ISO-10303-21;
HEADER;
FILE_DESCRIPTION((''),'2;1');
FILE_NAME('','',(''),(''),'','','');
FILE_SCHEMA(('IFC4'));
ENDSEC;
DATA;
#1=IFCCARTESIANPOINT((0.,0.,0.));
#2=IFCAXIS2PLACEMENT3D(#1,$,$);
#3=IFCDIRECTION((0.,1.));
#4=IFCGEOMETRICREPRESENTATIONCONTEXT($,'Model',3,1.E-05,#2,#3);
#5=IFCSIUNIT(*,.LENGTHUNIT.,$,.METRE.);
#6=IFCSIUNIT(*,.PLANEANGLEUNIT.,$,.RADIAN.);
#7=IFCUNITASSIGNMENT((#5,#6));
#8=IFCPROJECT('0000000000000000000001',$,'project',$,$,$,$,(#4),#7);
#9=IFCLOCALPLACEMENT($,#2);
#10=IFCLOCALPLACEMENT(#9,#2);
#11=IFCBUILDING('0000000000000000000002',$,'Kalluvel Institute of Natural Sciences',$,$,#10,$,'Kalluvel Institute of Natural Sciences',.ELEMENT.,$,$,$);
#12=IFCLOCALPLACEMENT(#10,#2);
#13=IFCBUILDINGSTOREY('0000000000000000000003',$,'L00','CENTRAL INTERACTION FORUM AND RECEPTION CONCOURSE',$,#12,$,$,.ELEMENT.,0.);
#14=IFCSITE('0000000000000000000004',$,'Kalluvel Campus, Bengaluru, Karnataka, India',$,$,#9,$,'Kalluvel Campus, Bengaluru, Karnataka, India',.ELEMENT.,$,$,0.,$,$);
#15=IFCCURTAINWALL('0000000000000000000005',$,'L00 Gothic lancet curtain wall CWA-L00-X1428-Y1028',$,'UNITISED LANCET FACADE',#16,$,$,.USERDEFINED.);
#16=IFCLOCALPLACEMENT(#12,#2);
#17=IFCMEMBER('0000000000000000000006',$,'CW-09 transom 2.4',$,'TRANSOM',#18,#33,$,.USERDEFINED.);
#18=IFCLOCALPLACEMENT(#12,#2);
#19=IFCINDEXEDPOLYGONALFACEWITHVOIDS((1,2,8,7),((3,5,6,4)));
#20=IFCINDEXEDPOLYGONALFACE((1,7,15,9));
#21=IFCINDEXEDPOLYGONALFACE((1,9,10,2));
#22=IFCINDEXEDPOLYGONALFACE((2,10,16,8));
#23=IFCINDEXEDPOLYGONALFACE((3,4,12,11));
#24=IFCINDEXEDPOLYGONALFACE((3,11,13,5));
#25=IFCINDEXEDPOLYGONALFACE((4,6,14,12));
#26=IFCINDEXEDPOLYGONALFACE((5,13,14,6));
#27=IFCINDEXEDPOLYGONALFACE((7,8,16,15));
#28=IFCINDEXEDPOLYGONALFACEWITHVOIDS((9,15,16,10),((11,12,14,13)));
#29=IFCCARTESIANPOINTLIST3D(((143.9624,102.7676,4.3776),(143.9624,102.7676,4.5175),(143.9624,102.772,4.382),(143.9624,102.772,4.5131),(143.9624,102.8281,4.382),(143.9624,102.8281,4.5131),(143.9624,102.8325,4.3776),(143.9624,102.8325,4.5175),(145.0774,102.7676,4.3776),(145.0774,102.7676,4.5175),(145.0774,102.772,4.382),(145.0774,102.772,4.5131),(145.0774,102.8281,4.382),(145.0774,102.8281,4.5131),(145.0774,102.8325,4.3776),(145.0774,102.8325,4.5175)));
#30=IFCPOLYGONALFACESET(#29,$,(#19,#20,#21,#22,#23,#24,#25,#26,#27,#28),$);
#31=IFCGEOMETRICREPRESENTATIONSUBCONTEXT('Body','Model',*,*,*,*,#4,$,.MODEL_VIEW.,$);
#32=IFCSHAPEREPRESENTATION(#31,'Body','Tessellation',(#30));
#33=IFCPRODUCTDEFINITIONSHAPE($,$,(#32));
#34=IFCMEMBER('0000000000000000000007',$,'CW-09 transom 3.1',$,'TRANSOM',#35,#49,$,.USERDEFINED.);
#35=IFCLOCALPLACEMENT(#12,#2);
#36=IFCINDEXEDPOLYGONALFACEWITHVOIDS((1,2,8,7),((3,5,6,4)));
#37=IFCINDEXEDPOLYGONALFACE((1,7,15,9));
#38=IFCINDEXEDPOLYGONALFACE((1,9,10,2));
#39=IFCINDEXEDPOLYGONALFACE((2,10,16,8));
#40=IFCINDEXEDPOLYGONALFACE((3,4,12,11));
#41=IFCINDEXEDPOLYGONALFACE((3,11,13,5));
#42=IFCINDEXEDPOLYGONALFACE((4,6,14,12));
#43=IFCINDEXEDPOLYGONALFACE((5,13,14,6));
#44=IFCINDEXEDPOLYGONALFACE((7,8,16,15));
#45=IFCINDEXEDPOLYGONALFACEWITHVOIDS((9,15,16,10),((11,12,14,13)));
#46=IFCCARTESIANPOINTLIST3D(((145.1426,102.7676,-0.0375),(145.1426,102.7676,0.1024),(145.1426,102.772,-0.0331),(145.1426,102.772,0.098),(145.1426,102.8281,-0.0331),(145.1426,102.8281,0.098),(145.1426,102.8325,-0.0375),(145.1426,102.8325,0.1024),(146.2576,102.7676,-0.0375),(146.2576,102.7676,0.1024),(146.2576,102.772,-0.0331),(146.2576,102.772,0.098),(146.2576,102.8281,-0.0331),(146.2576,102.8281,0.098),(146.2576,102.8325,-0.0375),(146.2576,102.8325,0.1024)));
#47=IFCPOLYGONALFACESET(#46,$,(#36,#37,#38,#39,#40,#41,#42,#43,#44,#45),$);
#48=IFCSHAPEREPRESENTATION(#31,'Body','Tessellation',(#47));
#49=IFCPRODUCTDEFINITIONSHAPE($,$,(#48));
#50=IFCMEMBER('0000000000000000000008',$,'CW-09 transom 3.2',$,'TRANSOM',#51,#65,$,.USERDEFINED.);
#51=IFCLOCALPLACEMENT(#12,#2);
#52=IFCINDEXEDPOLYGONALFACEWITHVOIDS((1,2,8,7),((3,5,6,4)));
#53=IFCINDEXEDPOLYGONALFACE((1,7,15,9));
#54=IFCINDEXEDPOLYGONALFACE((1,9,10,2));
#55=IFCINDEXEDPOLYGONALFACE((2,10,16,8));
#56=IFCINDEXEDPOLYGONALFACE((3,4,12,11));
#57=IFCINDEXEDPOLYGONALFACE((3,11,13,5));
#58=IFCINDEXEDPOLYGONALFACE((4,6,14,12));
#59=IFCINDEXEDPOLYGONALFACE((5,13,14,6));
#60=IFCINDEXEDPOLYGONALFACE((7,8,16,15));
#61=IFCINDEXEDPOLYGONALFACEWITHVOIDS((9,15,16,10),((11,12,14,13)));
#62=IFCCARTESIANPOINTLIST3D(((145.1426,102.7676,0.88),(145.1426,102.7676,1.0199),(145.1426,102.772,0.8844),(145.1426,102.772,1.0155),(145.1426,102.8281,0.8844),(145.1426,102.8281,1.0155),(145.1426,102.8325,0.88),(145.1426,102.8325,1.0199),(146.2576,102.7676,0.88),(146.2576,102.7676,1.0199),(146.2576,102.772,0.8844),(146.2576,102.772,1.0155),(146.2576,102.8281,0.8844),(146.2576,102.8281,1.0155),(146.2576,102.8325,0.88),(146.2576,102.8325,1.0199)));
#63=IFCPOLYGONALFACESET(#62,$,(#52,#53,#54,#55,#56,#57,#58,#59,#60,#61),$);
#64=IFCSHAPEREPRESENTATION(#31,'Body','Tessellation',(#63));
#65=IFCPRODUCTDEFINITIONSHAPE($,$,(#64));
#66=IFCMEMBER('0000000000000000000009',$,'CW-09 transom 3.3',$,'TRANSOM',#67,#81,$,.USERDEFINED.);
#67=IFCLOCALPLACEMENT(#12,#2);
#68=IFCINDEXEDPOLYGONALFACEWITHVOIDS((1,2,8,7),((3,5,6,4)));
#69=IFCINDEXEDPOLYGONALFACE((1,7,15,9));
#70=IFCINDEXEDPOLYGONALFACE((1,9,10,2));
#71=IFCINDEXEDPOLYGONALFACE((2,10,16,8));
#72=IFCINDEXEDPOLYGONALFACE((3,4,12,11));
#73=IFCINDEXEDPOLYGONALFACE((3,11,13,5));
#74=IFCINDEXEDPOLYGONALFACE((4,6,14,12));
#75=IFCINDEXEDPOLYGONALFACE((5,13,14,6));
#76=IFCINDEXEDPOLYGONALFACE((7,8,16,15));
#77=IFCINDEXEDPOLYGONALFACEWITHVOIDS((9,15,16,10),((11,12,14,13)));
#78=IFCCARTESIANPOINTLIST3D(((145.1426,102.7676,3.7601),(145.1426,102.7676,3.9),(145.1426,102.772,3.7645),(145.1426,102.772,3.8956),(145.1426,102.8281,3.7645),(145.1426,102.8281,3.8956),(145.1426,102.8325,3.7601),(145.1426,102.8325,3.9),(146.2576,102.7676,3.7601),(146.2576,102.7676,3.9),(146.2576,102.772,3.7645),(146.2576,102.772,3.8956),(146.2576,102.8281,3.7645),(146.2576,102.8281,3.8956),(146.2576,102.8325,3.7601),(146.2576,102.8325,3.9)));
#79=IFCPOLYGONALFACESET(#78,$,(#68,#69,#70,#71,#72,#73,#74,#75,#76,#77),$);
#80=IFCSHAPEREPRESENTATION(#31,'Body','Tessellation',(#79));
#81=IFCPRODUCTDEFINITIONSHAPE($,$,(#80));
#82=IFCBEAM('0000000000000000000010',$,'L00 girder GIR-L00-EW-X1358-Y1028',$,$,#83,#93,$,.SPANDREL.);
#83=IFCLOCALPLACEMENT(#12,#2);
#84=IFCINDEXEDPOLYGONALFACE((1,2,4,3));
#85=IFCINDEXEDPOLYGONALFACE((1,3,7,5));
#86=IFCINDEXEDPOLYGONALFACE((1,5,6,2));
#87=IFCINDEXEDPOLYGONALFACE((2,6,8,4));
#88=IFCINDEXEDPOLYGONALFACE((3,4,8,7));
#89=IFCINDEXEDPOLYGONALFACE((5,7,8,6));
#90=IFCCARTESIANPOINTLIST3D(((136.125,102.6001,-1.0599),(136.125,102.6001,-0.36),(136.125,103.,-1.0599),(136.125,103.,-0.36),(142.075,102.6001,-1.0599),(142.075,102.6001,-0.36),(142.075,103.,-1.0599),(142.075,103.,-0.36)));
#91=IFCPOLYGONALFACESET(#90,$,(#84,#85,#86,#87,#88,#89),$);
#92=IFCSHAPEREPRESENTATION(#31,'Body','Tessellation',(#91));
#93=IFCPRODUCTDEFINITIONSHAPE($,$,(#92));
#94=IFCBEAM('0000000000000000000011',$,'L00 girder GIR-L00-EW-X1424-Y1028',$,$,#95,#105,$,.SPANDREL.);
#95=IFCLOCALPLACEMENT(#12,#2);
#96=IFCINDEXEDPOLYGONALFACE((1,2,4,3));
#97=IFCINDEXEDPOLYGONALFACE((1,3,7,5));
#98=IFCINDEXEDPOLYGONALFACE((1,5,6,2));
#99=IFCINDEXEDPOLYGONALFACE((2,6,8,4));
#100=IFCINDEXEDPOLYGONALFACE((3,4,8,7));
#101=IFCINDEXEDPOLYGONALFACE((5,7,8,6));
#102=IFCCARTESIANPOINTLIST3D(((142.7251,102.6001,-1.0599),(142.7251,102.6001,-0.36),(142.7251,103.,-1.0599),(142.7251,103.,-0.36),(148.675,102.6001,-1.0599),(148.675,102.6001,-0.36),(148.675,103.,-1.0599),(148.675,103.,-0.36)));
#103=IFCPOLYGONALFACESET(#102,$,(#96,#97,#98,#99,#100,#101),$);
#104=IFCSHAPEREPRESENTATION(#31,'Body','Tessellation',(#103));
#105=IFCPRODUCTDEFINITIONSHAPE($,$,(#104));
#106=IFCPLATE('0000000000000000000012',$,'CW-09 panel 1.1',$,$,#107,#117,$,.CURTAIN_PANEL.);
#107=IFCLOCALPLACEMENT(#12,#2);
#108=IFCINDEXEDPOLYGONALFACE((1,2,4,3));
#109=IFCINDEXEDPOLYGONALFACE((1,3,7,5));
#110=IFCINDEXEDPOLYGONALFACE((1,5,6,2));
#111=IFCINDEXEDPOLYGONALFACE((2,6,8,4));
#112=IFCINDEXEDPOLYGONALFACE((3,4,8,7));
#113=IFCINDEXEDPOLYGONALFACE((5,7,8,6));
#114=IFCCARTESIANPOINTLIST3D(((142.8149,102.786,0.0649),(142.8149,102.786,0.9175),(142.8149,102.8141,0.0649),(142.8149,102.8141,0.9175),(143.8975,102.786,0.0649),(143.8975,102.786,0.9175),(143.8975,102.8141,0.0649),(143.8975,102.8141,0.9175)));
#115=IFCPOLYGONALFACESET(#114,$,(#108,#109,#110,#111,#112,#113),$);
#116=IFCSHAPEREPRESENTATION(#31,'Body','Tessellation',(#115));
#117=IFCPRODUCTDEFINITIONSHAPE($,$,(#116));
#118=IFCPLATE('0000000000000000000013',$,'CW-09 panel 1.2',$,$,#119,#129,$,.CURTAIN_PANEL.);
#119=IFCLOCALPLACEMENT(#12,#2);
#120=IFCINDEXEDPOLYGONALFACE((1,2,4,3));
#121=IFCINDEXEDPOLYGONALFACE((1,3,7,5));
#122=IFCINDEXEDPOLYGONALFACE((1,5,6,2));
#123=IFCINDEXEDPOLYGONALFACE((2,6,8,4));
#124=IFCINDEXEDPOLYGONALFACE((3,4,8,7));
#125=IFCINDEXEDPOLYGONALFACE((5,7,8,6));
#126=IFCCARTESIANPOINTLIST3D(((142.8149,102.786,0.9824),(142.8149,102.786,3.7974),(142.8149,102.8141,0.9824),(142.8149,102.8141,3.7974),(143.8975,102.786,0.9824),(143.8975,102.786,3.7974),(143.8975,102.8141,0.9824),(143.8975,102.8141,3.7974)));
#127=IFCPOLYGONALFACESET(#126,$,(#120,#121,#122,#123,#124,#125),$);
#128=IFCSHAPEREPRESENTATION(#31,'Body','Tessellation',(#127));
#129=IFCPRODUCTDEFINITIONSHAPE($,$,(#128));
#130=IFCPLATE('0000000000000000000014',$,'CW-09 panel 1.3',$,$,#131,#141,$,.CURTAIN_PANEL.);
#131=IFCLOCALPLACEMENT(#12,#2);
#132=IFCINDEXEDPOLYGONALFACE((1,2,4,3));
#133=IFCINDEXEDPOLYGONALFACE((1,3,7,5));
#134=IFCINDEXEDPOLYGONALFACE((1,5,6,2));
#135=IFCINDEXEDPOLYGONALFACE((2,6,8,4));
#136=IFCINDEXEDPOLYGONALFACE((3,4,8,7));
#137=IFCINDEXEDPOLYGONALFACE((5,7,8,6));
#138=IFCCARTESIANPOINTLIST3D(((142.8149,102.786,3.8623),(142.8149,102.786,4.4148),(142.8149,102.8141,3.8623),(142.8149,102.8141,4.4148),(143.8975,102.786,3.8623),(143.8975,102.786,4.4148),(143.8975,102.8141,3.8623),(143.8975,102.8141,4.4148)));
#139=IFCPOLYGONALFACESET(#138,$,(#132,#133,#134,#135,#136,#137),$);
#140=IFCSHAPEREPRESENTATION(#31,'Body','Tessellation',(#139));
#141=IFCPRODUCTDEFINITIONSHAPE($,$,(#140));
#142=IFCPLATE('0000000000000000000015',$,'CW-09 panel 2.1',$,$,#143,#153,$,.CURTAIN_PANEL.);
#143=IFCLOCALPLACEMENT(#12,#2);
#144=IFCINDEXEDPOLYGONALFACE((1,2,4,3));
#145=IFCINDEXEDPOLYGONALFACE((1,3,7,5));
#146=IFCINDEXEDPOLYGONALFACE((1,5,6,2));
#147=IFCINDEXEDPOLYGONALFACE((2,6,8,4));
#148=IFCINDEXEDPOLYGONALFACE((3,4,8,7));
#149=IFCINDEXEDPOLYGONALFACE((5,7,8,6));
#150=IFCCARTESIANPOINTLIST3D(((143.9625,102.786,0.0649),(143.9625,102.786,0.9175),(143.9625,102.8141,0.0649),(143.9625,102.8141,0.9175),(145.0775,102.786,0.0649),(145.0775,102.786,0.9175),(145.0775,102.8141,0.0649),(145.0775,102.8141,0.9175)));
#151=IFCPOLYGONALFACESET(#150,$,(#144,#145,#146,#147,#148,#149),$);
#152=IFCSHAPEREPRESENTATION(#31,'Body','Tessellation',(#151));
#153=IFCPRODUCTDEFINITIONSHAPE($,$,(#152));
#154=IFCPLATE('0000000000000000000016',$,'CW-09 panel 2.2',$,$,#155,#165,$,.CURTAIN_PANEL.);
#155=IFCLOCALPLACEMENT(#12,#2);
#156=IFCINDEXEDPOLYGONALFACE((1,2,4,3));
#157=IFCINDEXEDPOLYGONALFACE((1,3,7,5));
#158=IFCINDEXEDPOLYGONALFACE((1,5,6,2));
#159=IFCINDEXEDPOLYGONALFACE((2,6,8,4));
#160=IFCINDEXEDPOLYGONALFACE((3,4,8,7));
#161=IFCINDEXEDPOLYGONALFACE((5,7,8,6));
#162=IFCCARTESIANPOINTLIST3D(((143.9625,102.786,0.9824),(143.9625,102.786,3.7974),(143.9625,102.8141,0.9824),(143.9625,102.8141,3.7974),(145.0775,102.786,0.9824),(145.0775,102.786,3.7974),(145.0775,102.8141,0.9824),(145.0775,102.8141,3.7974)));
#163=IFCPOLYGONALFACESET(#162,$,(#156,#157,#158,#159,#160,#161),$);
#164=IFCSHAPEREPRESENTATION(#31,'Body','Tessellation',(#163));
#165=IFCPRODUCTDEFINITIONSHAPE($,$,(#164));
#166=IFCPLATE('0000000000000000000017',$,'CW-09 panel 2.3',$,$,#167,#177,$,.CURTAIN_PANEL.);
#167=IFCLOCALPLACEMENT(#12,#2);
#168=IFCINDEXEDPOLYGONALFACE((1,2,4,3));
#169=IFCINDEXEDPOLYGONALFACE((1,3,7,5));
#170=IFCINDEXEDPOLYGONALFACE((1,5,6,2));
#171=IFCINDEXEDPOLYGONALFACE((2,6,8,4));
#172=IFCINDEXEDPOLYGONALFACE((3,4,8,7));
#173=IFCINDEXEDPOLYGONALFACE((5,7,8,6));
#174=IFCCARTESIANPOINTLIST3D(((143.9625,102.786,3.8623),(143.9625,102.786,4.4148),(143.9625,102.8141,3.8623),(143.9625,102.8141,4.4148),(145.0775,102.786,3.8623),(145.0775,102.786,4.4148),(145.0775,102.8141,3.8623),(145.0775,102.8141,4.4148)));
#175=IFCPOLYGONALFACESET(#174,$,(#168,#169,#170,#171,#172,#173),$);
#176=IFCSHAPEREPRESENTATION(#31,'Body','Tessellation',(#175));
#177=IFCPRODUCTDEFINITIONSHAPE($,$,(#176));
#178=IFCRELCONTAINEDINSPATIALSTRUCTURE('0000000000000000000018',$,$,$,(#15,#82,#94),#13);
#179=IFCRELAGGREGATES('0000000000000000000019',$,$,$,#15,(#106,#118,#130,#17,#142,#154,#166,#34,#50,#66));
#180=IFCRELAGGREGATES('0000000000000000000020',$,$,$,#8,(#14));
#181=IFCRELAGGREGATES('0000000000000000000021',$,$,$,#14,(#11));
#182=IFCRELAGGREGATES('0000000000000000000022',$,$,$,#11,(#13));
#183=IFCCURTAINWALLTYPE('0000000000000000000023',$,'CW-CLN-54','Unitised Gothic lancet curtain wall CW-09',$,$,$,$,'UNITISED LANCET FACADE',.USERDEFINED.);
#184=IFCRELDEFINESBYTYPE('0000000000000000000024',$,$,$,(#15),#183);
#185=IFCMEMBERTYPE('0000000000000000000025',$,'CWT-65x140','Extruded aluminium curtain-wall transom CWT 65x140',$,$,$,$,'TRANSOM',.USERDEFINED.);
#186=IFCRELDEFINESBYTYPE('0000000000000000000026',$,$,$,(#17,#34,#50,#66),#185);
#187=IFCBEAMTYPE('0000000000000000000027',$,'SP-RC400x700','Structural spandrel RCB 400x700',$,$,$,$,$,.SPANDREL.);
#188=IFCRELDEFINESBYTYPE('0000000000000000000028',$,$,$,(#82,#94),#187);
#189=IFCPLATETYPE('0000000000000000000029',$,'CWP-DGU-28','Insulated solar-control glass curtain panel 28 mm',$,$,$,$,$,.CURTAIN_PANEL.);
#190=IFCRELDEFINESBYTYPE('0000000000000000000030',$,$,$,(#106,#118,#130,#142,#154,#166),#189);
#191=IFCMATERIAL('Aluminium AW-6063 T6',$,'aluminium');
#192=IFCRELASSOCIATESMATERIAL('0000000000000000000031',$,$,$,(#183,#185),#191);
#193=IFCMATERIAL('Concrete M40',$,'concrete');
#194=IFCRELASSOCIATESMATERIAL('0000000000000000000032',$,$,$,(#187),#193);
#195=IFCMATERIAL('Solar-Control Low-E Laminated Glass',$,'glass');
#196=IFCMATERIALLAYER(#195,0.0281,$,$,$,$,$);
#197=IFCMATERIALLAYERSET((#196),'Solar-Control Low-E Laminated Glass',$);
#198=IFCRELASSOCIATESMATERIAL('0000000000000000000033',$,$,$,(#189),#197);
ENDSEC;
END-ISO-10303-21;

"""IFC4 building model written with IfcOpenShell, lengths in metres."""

from ifc_helpers import new_model, si_unit, direction, frame, origin, origin_2d, place, context, subcontext, project, spatial, rectangle, hollow_rectangle, extrude, material, layer, layer_set, material_profile, profile_set, type_object, element, aggregate, save


model = new_model("IFC4")

# Units and contexts
model_context = context("Model", 3, precision=1e-05, world=origin(), true_north=direction((0.0, 1.0)))
body_context = subcontext(model_context, "Body", "Model", "MODEL_VIEW")
ifc_project = project(units=[si_unit("LENGTHUNIT", "METRE"), si_unit("PLANEANGLEUNIT", "RADIAN")], contexts=[model_context])

# Site, building, storey
site_placement = place(None, origin())
site = spatial("IfcSite", under=ifc_project, at=site_placement, Name="Kalluvel Campus, Bengaluru, Karnataka, India", LongName="Kalluvel Campus, Bengaluru, Karnataka, India", CompositionType="ELEMENT", RefElevation=0.0)
building_placement = place(site_placement, origin())
building = spatial("IfcBuilding", under=site, at=building_placement, Name="Kalluvel Institute of Natural Sciences", LongName="Kalluvel Institute of Natural Sciences", CompositionType="ELEMENT")
storey_placement = place(building_placement, origin())
storey = spatial("IfcBuildingStorey", under=building, at=storey_placement, Name="L00", Description="CENTRAL INTERACTION FORUM AND RECEPTION CONCOURSE", CompositionType="ELEMENT", Elevation=0.0)

# Shared definitions
ifc_material_1 = material(Name="Concrete M40", Category="concrete")

# Curtain wall, members
ifc_material_2 = material(Name="Aluminium AW-6063 T6", Category="aluminium")
curtain_wall_type = type_object("IfcCurtainWallType", Name="CW-CLN-54", Description="Unitised Gothic lancet curtain wall CW-09", ElementType="UNITISED LANCET FACADE", PredefinedType="USERDEFINED", material=ifc_material_2)
curtain_wall_placement = place(storey_placement, origin())
curtain_wall = element("IfcCurtainWall", 1, at=curtain_wall_placement, inside=storey, type_object=curtain_wall_type, Name="L00 Gothic lancet curtain wall CWA-L00-X1428-Y1028", ObjectType="UNITISED LANCET FACADE", PredefinedType="USERDEFINED")
ifc_material_profile_1 = material_profile(ifc_material_2, hollow_rectangle(XDim=0.0649, YDim=0.1399, WallThickness=0.0044, at=origin_2d()), Name="CWT 65x140")
ifc_profile_set_1 = profile_set([ifc_material_profile_1], Name="Aluminium AW-6063 T6")
member_type_1 = type_object("IfcMemberType", Name="CWT-65x140", Description="Extruded aluminium curtain-wall transom CWT 65x140", ElementType="TRANSOM", PredefinedType="USERDEFINED", material=ifc_profile_set_1)
member_1_placement = place(storey_placement, frame((143.9624, 102.8, 4.4475), z_axis=(1.0, 0.0, 0.0), x_axis=(0.0, 1.0, 0.0)))
member_1 = element("IfcMember", 2, at=member_1_placement, type_object=member_type_1, Name="CW-09 transom 2.4", ObjectType="TRANSOM", PredefinedType="USERDEFINED", context=body_context, shape_type="SweptSolid", body=[
    extrude(hollow_rectangle(XDim=0.0649, YDim=0.1399, WallThickness=0.0044, at=origin_2d()), origin(), (0.0, 0.0, 1.0), 1.115),
])
member_2_placement = place(storey_placement, frame((145.1426, 102.8, 0.0325), z_axis=(1.0, 0.0, 0.0), x_axis=(0.0, 1.0, 0.0)))
member_2 = element("IfcMember", 3, at=member_2_placement, type_object=member_type_1, Name="CW-09 transom 3.1", ObjectType="TRANSOM", PredefinedType="USERDEFINED", context=body_context, shape_type="SweptSolid", body=[
    extrude(hollow_rectangle(XDim=0.0649, YDim=0.1399, WallThickness=0.0044, at=origin_2d()), origin(), (0.0, 0.0, 1.0), 1.115),
])
member_3_placement = place(storey_placement, frame((145.1426, 102.8, 0.95), z_axis=(1.0, 0.0, 0.0), x_axis=(0.0, 1.0, 0.0)))
member_3 = element("IfcMember", 4, at=member_3_placement, type_object=member_type_1, Name="CW-09 transom 3.2", ObjectType="TRANSOM", PredefinedType="USERDEFINED", context=body_context, shape_type="SweptSolid", body=[
    extrude(hollow_rectangle(XDim=0.0649, YDim=0.1399, WallThickness=0.0044, at=origin_2d()), origin(), (0.0, 0.0, 1.0), 1.115),
])
member_4_placement = place(storey_placement, frame((145.1426, 102.8, 3.8301), z_axis=(1.0, 0.0, 0.0), x_axis=(0.0, 1.0, 0.0)))
member_4 = element("IfcMember", 5, at=member_4_placement, type_object=member_type_1, Name="CW-09 transom 3.3", ObjectType="TRANSOM", PredefinedType="USERDEFINED", context=body_context, shape_type="SweptSolid", body=[
    extrude(hollow_rectangle(XDim=0.0649, YDim=0.1399, WallThickness=0.0044, at=origin_2d()), origin(), (0.0, 0.0, 1.0), 1.115),
])

# Beams
ifc_material_profile_2 = material_profile(ifc_material_1, rectangle(XDim=0.3999, YDim=0.7, at=origin_2d()), Name="RCB 400x700")
ifc_profile_set_2 = profile_set([ifc_material_profile_2], Name="Concrete M40")
beam_type = type_object("IfcBeamType", Name="SP-RC400x700", Description="Structural spandrel RCB 400x700", PredefinedType="SPANDREL", material=ifc_profile_set_2)
for number, where, z_axis, x_axis, name in (
    (6, (136.125, 102.8, -0.71), (1.0, 0.0, 0.0), (0.0, 1.0, 0.0), "L00 girder GIR-L00-EW-X1358-Y1028"),
    (7, (142.7251, 102.8, -0.71), (1.0, 0.0, 0.0), (0.0, 1.0, 0.0), "L00 girder GIR-L00-EW-X1424-Y1028"),
):
    element("IfcBeam", number, at=place(storey_placement, frame(where, z_axis=z_axis, x_axis=x_axis)), inside=storey, type_object=beam_type, Name=name, PredefinedType="SPANDREL", context=body_context, shape_type="SweptSolid", body=[
        extrude(rectangle(XDim=0.3999, YDim=0.7, at=origin_2d()), origin(), (0.0, 0.0, 1.0), 5.95),
    ])

# Plates
ifc_material_3 = material(Name="Solar-Control Low-E Laminated Glass", Category="glass")
ifc_layer_1 = layer(ifc_material_3, 0.0281)
ifc_layer_set_1 = layer_set([ifc_layer_1], Name="Solar-Control Low-E Laminated Glass")
plate_type = type_object("IfcPlateType", Name="CWP-DGU-28", Description="Insulated solar-control glass curtain panel 28 mm", PredefinedType="CURTAIN_PANEL", material=ifc_layer_set_1)
plate_1_placement = place(storey_placement, frame((143.3562, 102.8, 0.0649), z_axis=(0.0, 0.0, 1.0), x_axis=(1.0, 0.0, 0.0)))
plate_1 = element("IfcPlate", 8, at=plate_1_placement, type_object=plate_type, Name="CW-09 panel 1.1", PredefinedType="CURTAIN_PANEL", context=body_context, shape_type="SweptSolid", body=[
    extrude(rectangle(XDim=1.0825, YDim=0.0281, at=origin_2d()), origin(), (0.0, 0.0, 1.0), 0.8525),
])
plate_2_placement = place(storey_placement, frame((143.3562, 102.8, 0.9824), z_axis=(0.0, 0.0, 1.0), x_axis=(1.0, 0.0, 0.0)))
plate_2 = element("IfcPlate", 9, at=plate_2_placement, type_object=plate_type, Name="CW-09 panel 1.2", PredefinedType="CURTAIN_PANEL", context=body_context, shape_type="SweptSolid", body=[
    extrude(rectangle(XDim=1.0825, YDim=0.0281, at=origin_2d()), origin(), (0.0, 0.0, 1.0), 2.8149),
])
plate_3_placement = place(storey_placement, frame((143.3562, 102.8, 3.8623), z_axis=(0.0, 0.0, 1.0), x_axis=(1.0, 0.0, 0.0)))
plate_3 = element("IfcPlate", 10, at=plate_3_placement, type_object=plate_type, Name="CW-09 panel 1.3", PredefinedType="CURTAIN_PANEL", context=body_context, shape_type="SweptSolid", body=[
    extrude(rectangle(XDim=1.0825, YDim=0.0281, at=origin_2d()), origin(), (0.0, 0.0, 1.0), 0.5525),
])
plate_4_placement = place(storey_placement, frame((144.52, 102.8, 0.0649), z_axis=(0.0, 0.0, 1.0), x_axis=(1.0, 0.0, 0.0)))
plate_4 = element("IfcPlate", 11, at=plate_4_placement, type_object=plate_type, Name="CW-09 panel 2.1", PredefinedType="CURTAIN_PANEL", context=body_context, shape_type="SweptSolid", body=[
    extrude(rectangle(XDim=1.115, YDim=0.0281, at=origin_2d()), origin(), (0.0, 0.0, 1.0), 0.8525),
])
plate_5_placement = place(storey_placement, frame((144.52, 102.8, 0.9824), z_axis=(0.0, 0.0, 1.0), x_axis=(1.0, 0.0, 0.0)))
plate_5 = element("IfcPlate", 12, at=plate_5_placement, type_object=plate_type, Name="CW-09 panel 2.2", PredefinedType="CURTAIN_PANEL", context=body_context, shape_type="SweptSolid", body=[
    extrude(rectangle(XDim=1.115, YDim=0.0281, at=origin_2d()), origin(), (0.0, 0.0, 1.0), 2.8149),
])
plate_6_placement = place(storey_placement, frame((144.52, 102.8, 3.8623), z_axis=(0.0, 0.0, 1.0), x_axis=(1.0, 0.0, 0.0)))
plate_6 = element("IfcPlate", 13, at=plate_6_placement, type_object=plate_type, Name="CW-09 panel 2.3", PredefinedType="CURTAIN_PANEL", context=body_context, shape_type="SweptSolid", body=[
    extrude(rectangle(XDim=1.115, YDim=0.0281, at=origin_2d()), origin(), (0.0, 0.0, 1.0), 0.5525),
])
aggregate(curtain_wall, [plate_1, plate_2, plate_3, member_1, plate_4, plate_5, plate_6, member_2, member_3, member_4])

save(model, "model.ifc")
